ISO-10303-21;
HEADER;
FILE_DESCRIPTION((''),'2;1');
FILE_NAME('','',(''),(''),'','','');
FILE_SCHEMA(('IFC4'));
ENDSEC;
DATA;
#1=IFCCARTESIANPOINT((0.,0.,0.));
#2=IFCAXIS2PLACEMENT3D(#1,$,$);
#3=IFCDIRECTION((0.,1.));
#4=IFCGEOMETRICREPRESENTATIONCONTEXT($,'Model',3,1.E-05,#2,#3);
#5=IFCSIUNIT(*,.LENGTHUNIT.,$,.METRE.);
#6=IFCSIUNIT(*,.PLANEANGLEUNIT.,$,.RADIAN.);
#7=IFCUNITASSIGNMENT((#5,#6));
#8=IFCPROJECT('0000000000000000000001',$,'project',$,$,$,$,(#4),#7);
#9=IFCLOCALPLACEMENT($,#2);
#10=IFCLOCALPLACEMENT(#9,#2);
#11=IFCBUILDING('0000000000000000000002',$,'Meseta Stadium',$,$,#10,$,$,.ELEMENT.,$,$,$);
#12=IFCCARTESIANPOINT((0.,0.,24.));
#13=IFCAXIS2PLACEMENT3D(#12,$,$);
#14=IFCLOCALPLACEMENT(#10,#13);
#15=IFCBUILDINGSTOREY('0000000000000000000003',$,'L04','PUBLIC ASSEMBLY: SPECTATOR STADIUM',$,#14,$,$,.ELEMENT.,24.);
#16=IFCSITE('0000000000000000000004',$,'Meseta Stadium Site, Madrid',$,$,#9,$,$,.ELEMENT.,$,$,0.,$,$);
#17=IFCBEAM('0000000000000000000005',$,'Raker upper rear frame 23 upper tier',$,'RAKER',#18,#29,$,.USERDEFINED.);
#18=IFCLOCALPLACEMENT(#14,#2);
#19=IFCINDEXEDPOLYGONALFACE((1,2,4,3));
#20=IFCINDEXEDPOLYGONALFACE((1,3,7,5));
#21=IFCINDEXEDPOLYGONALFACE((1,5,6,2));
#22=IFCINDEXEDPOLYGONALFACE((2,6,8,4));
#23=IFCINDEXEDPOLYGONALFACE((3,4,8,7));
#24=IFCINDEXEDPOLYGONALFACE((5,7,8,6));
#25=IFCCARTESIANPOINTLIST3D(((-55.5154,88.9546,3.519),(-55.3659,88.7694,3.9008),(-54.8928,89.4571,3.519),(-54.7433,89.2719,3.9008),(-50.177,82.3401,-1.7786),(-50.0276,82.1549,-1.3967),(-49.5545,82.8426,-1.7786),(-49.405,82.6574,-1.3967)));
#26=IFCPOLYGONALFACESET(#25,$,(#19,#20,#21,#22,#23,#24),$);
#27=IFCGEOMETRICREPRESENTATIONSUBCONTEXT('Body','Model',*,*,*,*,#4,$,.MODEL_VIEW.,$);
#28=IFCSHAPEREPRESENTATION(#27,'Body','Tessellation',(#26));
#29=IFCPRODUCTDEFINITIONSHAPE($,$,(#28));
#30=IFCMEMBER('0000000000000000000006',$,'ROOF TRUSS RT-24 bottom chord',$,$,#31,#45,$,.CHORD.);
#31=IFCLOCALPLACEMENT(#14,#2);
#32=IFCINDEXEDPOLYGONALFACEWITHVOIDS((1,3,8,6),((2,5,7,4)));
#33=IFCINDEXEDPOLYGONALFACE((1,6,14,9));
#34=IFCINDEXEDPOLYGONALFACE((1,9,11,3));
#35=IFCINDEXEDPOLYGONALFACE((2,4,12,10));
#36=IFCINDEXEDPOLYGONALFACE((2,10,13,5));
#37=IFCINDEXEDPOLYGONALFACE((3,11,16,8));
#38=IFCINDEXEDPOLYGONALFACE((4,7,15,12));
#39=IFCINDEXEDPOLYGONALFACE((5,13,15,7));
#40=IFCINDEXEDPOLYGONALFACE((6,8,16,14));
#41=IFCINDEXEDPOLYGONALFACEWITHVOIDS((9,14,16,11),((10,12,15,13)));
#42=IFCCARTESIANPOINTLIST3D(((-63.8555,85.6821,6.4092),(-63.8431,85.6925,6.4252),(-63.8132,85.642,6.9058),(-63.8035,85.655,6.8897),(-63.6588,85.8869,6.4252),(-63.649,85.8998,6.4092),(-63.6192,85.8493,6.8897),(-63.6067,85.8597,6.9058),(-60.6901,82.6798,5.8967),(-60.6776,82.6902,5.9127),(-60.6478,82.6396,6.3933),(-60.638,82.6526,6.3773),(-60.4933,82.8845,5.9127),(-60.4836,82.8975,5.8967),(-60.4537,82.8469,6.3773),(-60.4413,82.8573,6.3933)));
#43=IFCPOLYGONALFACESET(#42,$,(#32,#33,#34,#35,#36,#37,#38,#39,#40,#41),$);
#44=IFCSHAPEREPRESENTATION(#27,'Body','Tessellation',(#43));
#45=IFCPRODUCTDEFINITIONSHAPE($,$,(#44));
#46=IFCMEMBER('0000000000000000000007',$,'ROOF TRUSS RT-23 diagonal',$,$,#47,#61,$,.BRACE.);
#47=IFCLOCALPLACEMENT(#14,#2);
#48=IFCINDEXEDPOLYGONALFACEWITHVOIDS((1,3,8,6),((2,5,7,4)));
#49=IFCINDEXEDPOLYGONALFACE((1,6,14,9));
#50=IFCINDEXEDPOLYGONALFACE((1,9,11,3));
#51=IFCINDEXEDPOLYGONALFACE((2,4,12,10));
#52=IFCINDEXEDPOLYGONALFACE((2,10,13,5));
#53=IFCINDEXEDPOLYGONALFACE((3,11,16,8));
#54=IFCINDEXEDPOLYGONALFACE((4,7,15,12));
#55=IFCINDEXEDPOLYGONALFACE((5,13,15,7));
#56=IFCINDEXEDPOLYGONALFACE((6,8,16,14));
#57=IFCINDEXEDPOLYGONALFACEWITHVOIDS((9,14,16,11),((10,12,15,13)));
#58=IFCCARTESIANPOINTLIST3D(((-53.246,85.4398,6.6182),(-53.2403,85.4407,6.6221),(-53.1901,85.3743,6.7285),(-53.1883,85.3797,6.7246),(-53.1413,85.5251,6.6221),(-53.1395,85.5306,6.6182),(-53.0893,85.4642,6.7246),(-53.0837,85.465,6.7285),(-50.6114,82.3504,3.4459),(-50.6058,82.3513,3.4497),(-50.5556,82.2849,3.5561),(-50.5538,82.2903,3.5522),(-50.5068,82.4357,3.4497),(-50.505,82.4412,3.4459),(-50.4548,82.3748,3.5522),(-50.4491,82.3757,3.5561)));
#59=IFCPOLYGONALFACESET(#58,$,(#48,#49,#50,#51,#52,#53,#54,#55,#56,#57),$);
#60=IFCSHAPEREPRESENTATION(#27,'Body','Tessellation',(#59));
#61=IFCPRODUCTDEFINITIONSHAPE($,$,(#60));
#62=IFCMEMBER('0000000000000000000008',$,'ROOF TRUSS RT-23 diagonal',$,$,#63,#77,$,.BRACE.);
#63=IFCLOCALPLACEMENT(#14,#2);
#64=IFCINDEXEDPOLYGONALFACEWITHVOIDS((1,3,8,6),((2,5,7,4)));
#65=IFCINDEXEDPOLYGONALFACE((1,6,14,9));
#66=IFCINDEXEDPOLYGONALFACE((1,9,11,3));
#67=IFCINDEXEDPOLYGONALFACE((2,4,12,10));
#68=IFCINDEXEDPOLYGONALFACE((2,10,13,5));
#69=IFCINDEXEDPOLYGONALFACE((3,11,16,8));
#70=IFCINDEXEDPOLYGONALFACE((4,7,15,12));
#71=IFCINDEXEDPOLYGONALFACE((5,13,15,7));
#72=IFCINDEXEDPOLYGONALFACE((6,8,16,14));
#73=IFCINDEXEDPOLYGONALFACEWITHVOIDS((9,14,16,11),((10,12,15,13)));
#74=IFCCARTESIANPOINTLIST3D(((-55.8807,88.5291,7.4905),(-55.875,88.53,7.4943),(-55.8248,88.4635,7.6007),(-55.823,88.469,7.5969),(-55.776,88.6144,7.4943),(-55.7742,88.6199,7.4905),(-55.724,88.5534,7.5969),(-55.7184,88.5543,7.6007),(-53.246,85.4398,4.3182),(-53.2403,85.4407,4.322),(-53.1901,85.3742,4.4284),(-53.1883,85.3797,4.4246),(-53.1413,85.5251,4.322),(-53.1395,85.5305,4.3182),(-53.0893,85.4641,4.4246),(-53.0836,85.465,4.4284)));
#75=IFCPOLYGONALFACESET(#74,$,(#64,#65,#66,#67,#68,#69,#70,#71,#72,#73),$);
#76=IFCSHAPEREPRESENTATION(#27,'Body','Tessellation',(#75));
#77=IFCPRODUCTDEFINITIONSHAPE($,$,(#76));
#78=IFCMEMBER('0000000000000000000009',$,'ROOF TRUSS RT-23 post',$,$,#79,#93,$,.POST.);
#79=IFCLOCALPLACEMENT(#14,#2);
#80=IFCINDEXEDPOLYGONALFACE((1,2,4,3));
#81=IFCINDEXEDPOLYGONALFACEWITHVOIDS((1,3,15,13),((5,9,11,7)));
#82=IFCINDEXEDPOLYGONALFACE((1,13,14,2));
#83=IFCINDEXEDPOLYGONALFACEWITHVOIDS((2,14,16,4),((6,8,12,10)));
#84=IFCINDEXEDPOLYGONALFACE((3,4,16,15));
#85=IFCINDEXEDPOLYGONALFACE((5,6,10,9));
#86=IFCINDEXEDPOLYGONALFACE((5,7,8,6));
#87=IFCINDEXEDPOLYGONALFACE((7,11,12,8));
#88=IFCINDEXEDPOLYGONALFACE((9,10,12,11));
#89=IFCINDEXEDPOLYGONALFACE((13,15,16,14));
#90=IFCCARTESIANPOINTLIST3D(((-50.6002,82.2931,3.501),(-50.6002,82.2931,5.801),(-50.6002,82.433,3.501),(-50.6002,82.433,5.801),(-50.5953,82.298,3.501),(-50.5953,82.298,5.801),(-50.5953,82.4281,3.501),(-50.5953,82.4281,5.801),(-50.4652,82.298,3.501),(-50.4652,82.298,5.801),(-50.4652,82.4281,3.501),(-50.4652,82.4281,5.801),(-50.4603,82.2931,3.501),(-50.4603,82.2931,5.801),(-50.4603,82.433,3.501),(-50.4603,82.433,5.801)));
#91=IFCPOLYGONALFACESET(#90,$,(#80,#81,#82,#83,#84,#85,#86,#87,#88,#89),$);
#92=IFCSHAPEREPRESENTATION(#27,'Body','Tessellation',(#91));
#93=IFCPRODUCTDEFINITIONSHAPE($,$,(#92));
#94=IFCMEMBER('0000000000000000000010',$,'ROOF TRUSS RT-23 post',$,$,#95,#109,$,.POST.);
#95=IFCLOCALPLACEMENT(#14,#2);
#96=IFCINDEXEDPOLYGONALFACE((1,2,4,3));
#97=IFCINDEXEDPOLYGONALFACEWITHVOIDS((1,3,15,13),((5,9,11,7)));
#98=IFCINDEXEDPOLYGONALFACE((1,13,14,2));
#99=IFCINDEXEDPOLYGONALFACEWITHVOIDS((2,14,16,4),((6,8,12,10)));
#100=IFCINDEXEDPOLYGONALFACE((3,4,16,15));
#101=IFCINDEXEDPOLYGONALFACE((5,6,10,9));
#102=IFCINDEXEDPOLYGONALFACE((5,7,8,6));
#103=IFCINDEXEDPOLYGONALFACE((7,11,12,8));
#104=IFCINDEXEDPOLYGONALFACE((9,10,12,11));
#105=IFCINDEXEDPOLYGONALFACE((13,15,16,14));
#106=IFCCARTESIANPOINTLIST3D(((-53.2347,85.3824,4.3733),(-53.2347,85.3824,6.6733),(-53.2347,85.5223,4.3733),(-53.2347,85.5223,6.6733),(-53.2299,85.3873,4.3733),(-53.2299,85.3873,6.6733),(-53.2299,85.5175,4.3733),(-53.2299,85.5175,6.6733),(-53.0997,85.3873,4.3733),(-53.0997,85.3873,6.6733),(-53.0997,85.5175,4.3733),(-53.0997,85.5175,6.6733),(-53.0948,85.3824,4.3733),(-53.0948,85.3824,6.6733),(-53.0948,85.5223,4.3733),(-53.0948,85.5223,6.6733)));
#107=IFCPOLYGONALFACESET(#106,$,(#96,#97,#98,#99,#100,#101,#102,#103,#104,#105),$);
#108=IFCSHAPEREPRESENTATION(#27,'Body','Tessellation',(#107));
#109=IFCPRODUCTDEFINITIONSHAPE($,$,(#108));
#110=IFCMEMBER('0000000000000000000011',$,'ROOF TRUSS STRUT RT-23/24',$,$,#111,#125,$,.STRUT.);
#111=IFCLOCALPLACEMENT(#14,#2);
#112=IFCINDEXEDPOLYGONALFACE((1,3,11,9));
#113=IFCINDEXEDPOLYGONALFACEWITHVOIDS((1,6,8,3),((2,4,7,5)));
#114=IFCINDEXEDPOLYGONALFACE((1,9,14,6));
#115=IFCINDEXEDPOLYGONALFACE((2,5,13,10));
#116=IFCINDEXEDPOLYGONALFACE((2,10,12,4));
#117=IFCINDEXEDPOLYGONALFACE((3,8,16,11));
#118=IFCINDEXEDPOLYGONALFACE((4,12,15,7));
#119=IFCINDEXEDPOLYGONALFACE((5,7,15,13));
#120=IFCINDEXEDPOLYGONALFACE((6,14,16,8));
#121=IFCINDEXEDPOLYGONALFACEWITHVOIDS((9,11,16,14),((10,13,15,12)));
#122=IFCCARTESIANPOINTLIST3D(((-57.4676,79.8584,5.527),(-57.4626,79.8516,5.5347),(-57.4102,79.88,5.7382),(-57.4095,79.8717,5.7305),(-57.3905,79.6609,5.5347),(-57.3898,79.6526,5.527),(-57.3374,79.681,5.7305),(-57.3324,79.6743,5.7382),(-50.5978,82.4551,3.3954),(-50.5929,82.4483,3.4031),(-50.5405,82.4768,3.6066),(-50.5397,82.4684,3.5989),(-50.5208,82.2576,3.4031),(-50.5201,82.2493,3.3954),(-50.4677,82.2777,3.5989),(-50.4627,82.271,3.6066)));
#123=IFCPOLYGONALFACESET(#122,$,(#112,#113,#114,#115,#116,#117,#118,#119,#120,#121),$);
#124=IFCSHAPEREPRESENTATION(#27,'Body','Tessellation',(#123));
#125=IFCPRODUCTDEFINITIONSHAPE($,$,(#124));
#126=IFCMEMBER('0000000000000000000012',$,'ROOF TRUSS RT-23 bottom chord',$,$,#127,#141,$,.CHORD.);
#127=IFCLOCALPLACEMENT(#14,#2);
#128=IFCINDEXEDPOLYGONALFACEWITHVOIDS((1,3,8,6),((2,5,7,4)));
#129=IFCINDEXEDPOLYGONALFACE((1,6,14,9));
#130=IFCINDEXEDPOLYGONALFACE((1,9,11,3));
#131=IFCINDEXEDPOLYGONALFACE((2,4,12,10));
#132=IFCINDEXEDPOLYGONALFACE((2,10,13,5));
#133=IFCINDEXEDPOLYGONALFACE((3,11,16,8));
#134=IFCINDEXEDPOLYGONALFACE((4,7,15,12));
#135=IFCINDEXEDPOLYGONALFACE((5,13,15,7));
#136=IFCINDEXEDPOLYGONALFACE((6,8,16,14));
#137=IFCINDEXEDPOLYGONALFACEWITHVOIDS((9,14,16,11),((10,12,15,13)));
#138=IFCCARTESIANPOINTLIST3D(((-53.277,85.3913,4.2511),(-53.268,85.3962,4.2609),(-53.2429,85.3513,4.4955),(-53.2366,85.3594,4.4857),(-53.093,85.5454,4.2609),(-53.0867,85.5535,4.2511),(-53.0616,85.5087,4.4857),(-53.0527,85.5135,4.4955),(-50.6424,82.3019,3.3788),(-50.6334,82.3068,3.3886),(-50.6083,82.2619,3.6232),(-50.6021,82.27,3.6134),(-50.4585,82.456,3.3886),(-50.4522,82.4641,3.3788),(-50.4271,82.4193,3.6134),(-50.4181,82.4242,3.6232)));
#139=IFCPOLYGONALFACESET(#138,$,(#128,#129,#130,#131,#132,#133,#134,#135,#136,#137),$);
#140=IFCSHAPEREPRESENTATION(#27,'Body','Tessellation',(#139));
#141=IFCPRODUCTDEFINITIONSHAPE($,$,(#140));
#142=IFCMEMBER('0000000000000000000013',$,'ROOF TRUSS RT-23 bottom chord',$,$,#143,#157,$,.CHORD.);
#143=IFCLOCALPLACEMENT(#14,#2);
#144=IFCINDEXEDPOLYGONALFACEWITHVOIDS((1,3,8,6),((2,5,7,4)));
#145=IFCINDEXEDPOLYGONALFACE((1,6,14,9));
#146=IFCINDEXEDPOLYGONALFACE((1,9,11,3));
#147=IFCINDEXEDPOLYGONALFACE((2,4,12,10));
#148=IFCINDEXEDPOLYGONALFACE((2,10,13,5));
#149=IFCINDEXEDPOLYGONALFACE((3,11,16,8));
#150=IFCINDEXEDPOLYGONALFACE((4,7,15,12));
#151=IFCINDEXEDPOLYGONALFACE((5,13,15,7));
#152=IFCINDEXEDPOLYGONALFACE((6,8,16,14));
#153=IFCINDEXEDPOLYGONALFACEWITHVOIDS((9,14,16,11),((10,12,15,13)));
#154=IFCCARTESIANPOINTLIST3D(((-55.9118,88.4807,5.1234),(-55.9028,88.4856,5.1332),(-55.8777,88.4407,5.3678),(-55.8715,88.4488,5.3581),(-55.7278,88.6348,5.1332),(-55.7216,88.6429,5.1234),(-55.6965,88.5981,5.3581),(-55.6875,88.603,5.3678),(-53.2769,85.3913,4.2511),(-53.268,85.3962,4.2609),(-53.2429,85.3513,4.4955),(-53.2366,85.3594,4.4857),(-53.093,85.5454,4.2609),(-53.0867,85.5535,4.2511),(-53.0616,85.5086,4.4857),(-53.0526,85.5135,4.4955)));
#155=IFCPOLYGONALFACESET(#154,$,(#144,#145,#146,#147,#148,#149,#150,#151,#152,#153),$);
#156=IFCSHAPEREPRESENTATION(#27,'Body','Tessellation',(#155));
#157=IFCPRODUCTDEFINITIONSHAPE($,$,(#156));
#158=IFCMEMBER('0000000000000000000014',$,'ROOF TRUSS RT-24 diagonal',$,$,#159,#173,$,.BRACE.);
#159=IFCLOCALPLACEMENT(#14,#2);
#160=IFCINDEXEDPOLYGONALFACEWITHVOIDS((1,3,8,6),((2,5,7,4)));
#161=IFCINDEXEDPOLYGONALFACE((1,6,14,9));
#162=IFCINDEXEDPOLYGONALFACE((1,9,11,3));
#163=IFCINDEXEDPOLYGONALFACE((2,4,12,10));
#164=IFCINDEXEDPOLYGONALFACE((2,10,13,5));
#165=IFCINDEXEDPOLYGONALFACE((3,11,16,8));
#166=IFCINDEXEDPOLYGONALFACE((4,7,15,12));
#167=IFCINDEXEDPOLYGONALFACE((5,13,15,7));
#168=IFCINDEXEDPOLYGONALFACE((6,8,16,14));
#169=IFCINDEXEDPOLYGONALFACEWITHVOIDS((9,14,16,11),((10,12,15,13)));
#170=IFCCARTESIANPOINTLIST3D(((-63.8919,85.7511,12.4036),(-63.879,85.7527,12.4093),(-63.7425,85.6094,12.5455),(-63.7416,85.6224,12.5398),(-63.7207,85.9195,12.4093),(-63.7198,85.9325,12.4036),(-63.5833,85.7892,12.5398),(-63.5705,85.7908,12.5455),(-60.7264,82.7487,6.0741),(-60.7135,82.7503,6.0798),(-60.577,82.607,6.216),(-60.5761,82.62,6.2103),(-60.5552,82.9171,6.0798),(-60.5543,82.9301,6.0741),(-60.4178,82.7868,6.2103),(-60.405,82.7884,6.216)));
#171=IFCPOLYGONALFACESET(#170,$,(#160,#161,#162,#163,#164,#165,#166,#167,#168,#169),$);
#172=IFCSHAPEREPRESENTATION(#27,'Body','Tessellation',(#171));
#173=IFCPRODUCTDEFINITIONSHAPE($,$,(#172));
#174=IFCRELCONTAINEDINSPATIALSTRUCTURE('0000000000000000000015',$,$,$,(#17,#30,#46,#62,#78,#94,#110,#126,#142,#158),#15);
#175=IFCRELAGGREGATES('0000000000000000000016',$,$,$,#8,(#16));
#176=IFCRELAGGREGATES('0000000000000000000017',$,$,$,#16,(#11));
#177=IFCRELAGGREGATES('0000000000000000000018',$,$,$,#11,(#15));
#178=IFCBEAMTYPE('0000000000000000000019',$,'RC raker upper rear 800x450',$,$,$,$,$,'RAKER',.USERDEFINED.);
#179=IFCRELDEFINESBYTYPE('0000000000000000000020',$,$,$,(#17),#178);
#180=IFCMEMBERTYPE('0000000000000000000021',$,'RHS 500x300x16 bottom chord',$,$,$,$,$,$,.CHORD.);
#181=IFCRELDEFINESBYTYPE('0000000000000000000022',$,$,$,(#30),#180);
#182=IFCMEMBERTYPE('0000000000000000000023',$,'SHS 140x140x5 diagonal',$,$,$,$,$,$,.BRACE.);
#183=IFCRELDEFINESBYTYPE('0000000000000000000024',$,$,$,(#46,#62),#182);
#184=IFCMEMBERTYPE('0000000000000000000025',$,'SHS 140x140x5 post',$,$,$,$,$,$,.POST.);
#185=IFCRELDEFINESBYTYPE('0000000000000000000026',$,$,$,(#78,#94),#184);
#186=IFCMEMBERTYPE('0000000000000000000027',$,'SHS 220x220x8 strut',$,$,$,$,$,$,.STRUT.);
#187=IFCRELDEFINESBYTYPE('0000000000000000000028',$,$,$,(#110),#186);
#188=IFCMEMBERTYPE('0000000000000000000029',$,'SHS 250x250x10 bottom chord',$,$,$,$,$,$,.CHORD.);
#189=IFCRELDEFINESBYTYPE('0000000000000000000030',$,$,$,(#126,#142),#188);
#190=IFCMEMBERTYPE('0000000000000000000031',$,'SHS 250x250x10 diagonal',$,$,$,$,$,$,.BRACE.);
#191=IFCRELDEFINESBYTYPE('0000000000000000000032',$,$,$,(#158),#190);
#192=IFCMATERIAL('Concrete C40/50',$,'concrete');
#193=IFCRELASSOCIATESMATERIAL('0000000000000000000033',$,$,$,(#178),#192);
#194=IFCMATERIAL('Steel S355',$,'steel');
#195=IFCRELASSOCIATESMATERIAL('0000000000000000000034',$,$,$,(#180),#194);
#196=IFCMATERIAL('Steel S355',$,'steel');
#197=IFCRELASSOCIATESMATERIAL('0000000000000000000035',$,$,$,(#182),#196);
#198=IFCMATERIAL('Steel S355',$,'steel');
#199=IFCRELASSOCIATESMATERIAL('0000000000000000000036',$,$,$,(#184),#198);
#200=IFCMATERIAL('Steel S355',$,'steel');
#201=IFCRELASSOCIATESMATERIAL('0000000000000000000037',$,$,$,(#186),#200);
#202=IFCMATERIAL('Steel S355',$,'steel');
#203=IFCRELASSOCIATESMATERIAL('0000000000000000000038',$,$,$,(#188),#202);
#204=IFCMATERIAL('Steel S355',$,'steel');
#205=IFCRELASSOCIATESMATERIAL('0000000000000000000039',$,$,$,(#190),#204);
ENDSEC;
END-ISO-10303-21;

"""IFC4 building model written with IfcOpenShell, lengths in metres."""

from ifc_helpers import new_model, si_unit, direction, frame, origin, origin_2d, place, context, subcontext, project, spatial, rectangle, hollow_rectangle, extrude, material, material_profile, profile_set, type_object, element, save


model = new_model("IFC4")

# Units and contexts
model_context = context("Model", 3, precision=1e-05, world=origin(), true_north=direction((0.0, 1.0)))
body_context = subcontext(model_context, "Body", "Model", "MODEL_VIEW")
ifc_project = project(units=[si_unit("LENGTHUNIT", "METRE"), si_unit("PLANEANGLEUNIT", "RADIAN")], contexts=[model_context])

# Site, building, storey
site_placement = place(None, origin())
site = spatial("IfcSite", under=ifc_project, at=site_placement, Name="Meseta Stadium Site, Madrid", CompositionType="ELEMENT", RefElevation=0.0)
building_placement = place(site_placement, origin())
building = spatial("IfcBuilding", under=site, at=building_placement, Name="Meseta Stadium", CompositionType="ELEMENT")
storey_placement = place(building_placement, frame((0.0, 0.0, 24.0)))
storey = spatial("IfcBuildingStorey", under=building, at=storey_placement, Name="L04", Description="PUBLIC ASSEMBLY: SPECTATOR STADIUM", CompositionType="ELEMENT", Elevation=24.0)

# Beam
ifc_material_1 = material(Name="Concrete C40/50", Category="concrete")
ifc_material_profile_1 = material_profile(ifc_material_1, rectangle(XDim=0.8, YDim=0.45, at=origin_2d()), Name="RC 800x450")
ifc_profile_set_1 = profile_set([ifc_material_profile_1], Name="Concrete C40/50")
beam_type = type_object("IfcBeamType", Name="RC raker upper rear 800x450", ElementType="RAKER", PredefinedType="USERDEFINED", material=ifc_profile_set_1)
beam_placement = place(storey_placement, frame((-49.791, 82.4988, -1.5876), z_axis=(-0.533, 0.660412, 0.528929), x_axis=(-0.778177, -0.628045, 0.0)))
element("IfcBeam", 1, at=beam_placement, inside=storey, type_object=beam_type, Name="Raker upper rear frame 23 upper tier", ObjectType="RAKER", PredefinedType="USERDEFINED", context=body_context, shape_type="SweptSolid", body=[
    extrude(rectangle(XDim=0.8, YDim=0.45, at=origin_2d()), origin(), (0.0, 0.0, 1.0), 10.0156),
])

# Members
ifc_material_2 = material(Name="Steel S355", Category="steel")
ifc_material_profile_2 = material_profile(ifc_material_2, hollow_rectangle(XDim=0.3, YDim=0.5, WallThickness=0.0161, at=origin_2d()), Name="RHS 500x300x16")
ifc_profile_set_2 = profile_set([ifc_material_profile_2], Name="Steel S355")
member_type_1 = type_object("IfcMemberType", Name="RHS 500x300x16 bottom chord", PredefinedType="CHORD", material=ifc_profile_set_2)
member_1_placement = place(storey_placement, frame((-60.5657, 82.7686, 6.145), z_axis=(-0.720596, 0.683471, 0.116654), x_axis=(-0.68817, -0.72555, 0.0)))
element("IfcMember", 2, at=member_1_placement, inside=storey, type_object=member_type_1, Name="ROOF TRUSS RT-24 bottom chord", PredefinedType="CHORD", context=body_context, shape_type="SweptSolid", body=[
    extrude(hollow_rectangle(XDim=0.3, YDim=0.5, WallThickness=0.0161, at=origin_2d()), origin(), (0.0, 0.0, 1.0), 4.3928),
])
ifc_material_3 = material(Name="Steel S355", Category="steel")
ifc_material_profile_3 = material_profile(ifc_material_3, hollow_rectangle(XDim=0.1399, YDim=0.1399, WallThickness=0.0049, at=origin_2d()), Name="SHS 140x140x5")
ifc_profile_set_3 = profile_set([ifc_material_profile_3], Name="Steel S355")
member_type_2 = type_object("IfcMemberType", Name="SHS 140x140x5 diagonal", PredefinedType="BRACE", material=ifc_profile_set_3)
for number, where, z_axis, x_axis, name in (
    (3, (-50.5303, 82.363, 3.501), (-0.511305, 0.599579, 0.615689), (-0.760897, -0.648873, 0.0), "ROOF TRUSS RT-23 diagonal"),
    (4, (-53.1648, 85.4524, 4.3733), (-0.51134, 0.599564, 0.615674), (-0.760867, -0.648908, 0.0), "ROOF TRUSS RT-23 diagonal"),
):
    element("IfcMember", number, at=place(storey_placement, frame(where, z_axis=z_axis, x_axis=x_axis)), inside=storey, type_object=member_type_2, Name=name, PredefinedType="BRACE", context=body_context, shape_type="SweptSolid", body=[
        extrude(hollow_rectangle(XDim=0.1399, YDim=0.1399, WallThickness=0.0049, at=origin_2d()), origin(), (0.0, 0.0, 1.0), 5.1526),
    ])
ifc_material_4 = material(Name="Steel S355", Category="steel")
ifc_material_profile_4 = material_profile(ifc_material_4, hollow_rectangle(XDim=0.1399, YDim=0.1399, WallThickness=0.0049, at=origin_2d()), Name="SHS 140x140x5")
ifc_profile_set_4 = profile_set([ifc_material_profile_4], Name="Steel S355")
member_type_3 = type_object("IfcMemberType", Name="SHS 140x140x5 post", PredefinedType="POST", material=ifc_profile_set_4)
for number, where, z_axis, x_axis, name in (
    (5, (-50.5303, 82.363, 3.501), (0.0, 0.0, 1.0), (1.0, 0.0, 0.0), "ROOF TRUSS RT-23 post"),
    (6, (-53.1648, 85.4524, 4.3733), (0.0, 0.0, 1.0), (1.0, 0.0, 0.0), "ROOF TRUSS RT-23 post"),
):
    element("IfcMember", number, at=place(storey_placement, frame(where, z_axis=z_axis, x_axis=x_axis)), inside=storey, type_object=member_type_3, Name=name, PredefinedType="POST", context=body_context, shape_type="SweptSolid", body=[
        extrude(hollow_rectangle(XDim=0.1399, YDim=0.1399, WallThickness=0.0049, at=origin_2d()), origin(), (0.0, 0.0, 1.0), 2.3),
    ])
ifc_material_5 = material(Name="Steel S355", Category="steel")
ifc_material_profile_5 = material_profile(ifc_material_5, hollow_rectangle(XDim=0.22, YDim=0.22, WallThickness=0.0081, at=origin_2d()), Name="SHS 220x220x8")
ifc_profile_set_5 = profile_set([ifc_material_profile_5], Name="Steel S355")
member_type_4 = type_object("IfcMemberType", Name="SHS 220x220x8 strut", PredefinedType="STRUT", material=ifc_profile_set_5)
member_2_placement = place(storey_placement, frame((-50.5303, 82.363, 3.501), z_axis=(-0.898331, -0.339564, 0.278745), x_axis=(0.353578, -0.935405, 0.0)))
element("IfcMember", 7, at=member_2_placement, inside=storey, type_object=member_type_4, Name="ROOF TRUSS STRUT RT-23/24", PredefinedType="STRUT", context=body_context, shape_type="SweptSolid", body=[
    extrude(hollow_rectangle(XDim=0.22, YDim=0.22, WallThickness=0.0081, at=origin_2d()), origin(), (0.0, 0.0, 1.0), 7.6472),
])
ifc_material_6 = material(Name="Steel S355", Category="steel")
ifc_material_profile_6 = material_profile(ifc_material_6, hollow_rectangle(XDim=0.25, YDim=0.25, WallThickness=0.01, at=origin_2d()), Name="SHS 250x250x10")
ifc_profile_set_6 = profile_set([ifc_material_profile_6], Name="Steel S355")
member_type_5 = type_object("IfcMemberType", Name="SHS 250x250x10 bottom chord", PredefinedType="CHORD", material=ifc_profile_set_6)
member_3_placement = place(storey_placement, frame((-50.5303, 82.363, 3.501), z_axis=(-0.634396, 0.743921, 0.210054), x_axis=(-0.760897, -0.648873, 0.0)))
element("IfcMember", 8, at=member_3_placement, inside=storey, type_object=member_type_5, Name="ROOF TRUSS RT-23 bottom chord", PredefinedType="CHORD", context=body_context, shape_type="SweptSolid", body=[
    extrude(hollow_rectangle(XDim=0.25, YDim=0.25, WallThickness=0.01, at=origin_2d()), origin(), (0.0, 0.0, 1.0), 4.1528),
])
member_4_placement = place(storey_placement, frame((-53.1648, 85.4524, 4.3733), z_axis=(-0.634431, 0.743893, 0.210047), x_axis=(-0.760867, -0.648908, 0.0)))
element("IfcMember", 9, at=member_4_placement, inside=storey, type_object=member_type_5, Name="ROOF TRUSS RT-23 bottom chord", PredefinedType="CHORD", context=body_context, shape_type="SweptSolid", body=[
    extrude(hollow_rectangle(XDim=0.25, YDim=0.25, WallThickness=0.01, at=origin_2d()), origin(), (0.0, 0.0, 1.0), 4.1531),
])
ifc_material_7 = material(Name="Steel S355", Category="steel")
ifc_material_profile_7 = material_profile(ifc_material_7, hollow_rectangle(XDim=0.25, YDim=0.25, WallThickness=0.01, at=origin_2d()), Name="SHS 250x250x10")
ifc_profile_set_7 = profile_set([ifc_material_profile_7], Name="Steel S355")
member_type_6 = type_object("IfcMemberType", Name="SHS 250x250x10 diagonal", PredefinedType="BRACE", material=ifc_profile_set_7)
member_5_placement = place(storey_placement, frame((-60.5657, 82.7686, 6.145), z_axis=(-0.411771, 0.390557, 0.823352), x_axis=(-0.68817, -0.72555, 0.0)))
element("IfcMember", 10, at=member_5_placement, inside=storey, type_object=member_type_6, Name="ROOF TRUSS RT-24 diagonal", PredefinedType="BRACE", context=body_context, shape_type="SweptSolid", body=[
    extrude(hollow_rectangle(XDim=0.25, YDim=0.25, WallThickness=0.01, at=origin_2d()), origin(), (0.0, 0.0, 1.0), 7.6875),
])

save(model, "model.ifc")
